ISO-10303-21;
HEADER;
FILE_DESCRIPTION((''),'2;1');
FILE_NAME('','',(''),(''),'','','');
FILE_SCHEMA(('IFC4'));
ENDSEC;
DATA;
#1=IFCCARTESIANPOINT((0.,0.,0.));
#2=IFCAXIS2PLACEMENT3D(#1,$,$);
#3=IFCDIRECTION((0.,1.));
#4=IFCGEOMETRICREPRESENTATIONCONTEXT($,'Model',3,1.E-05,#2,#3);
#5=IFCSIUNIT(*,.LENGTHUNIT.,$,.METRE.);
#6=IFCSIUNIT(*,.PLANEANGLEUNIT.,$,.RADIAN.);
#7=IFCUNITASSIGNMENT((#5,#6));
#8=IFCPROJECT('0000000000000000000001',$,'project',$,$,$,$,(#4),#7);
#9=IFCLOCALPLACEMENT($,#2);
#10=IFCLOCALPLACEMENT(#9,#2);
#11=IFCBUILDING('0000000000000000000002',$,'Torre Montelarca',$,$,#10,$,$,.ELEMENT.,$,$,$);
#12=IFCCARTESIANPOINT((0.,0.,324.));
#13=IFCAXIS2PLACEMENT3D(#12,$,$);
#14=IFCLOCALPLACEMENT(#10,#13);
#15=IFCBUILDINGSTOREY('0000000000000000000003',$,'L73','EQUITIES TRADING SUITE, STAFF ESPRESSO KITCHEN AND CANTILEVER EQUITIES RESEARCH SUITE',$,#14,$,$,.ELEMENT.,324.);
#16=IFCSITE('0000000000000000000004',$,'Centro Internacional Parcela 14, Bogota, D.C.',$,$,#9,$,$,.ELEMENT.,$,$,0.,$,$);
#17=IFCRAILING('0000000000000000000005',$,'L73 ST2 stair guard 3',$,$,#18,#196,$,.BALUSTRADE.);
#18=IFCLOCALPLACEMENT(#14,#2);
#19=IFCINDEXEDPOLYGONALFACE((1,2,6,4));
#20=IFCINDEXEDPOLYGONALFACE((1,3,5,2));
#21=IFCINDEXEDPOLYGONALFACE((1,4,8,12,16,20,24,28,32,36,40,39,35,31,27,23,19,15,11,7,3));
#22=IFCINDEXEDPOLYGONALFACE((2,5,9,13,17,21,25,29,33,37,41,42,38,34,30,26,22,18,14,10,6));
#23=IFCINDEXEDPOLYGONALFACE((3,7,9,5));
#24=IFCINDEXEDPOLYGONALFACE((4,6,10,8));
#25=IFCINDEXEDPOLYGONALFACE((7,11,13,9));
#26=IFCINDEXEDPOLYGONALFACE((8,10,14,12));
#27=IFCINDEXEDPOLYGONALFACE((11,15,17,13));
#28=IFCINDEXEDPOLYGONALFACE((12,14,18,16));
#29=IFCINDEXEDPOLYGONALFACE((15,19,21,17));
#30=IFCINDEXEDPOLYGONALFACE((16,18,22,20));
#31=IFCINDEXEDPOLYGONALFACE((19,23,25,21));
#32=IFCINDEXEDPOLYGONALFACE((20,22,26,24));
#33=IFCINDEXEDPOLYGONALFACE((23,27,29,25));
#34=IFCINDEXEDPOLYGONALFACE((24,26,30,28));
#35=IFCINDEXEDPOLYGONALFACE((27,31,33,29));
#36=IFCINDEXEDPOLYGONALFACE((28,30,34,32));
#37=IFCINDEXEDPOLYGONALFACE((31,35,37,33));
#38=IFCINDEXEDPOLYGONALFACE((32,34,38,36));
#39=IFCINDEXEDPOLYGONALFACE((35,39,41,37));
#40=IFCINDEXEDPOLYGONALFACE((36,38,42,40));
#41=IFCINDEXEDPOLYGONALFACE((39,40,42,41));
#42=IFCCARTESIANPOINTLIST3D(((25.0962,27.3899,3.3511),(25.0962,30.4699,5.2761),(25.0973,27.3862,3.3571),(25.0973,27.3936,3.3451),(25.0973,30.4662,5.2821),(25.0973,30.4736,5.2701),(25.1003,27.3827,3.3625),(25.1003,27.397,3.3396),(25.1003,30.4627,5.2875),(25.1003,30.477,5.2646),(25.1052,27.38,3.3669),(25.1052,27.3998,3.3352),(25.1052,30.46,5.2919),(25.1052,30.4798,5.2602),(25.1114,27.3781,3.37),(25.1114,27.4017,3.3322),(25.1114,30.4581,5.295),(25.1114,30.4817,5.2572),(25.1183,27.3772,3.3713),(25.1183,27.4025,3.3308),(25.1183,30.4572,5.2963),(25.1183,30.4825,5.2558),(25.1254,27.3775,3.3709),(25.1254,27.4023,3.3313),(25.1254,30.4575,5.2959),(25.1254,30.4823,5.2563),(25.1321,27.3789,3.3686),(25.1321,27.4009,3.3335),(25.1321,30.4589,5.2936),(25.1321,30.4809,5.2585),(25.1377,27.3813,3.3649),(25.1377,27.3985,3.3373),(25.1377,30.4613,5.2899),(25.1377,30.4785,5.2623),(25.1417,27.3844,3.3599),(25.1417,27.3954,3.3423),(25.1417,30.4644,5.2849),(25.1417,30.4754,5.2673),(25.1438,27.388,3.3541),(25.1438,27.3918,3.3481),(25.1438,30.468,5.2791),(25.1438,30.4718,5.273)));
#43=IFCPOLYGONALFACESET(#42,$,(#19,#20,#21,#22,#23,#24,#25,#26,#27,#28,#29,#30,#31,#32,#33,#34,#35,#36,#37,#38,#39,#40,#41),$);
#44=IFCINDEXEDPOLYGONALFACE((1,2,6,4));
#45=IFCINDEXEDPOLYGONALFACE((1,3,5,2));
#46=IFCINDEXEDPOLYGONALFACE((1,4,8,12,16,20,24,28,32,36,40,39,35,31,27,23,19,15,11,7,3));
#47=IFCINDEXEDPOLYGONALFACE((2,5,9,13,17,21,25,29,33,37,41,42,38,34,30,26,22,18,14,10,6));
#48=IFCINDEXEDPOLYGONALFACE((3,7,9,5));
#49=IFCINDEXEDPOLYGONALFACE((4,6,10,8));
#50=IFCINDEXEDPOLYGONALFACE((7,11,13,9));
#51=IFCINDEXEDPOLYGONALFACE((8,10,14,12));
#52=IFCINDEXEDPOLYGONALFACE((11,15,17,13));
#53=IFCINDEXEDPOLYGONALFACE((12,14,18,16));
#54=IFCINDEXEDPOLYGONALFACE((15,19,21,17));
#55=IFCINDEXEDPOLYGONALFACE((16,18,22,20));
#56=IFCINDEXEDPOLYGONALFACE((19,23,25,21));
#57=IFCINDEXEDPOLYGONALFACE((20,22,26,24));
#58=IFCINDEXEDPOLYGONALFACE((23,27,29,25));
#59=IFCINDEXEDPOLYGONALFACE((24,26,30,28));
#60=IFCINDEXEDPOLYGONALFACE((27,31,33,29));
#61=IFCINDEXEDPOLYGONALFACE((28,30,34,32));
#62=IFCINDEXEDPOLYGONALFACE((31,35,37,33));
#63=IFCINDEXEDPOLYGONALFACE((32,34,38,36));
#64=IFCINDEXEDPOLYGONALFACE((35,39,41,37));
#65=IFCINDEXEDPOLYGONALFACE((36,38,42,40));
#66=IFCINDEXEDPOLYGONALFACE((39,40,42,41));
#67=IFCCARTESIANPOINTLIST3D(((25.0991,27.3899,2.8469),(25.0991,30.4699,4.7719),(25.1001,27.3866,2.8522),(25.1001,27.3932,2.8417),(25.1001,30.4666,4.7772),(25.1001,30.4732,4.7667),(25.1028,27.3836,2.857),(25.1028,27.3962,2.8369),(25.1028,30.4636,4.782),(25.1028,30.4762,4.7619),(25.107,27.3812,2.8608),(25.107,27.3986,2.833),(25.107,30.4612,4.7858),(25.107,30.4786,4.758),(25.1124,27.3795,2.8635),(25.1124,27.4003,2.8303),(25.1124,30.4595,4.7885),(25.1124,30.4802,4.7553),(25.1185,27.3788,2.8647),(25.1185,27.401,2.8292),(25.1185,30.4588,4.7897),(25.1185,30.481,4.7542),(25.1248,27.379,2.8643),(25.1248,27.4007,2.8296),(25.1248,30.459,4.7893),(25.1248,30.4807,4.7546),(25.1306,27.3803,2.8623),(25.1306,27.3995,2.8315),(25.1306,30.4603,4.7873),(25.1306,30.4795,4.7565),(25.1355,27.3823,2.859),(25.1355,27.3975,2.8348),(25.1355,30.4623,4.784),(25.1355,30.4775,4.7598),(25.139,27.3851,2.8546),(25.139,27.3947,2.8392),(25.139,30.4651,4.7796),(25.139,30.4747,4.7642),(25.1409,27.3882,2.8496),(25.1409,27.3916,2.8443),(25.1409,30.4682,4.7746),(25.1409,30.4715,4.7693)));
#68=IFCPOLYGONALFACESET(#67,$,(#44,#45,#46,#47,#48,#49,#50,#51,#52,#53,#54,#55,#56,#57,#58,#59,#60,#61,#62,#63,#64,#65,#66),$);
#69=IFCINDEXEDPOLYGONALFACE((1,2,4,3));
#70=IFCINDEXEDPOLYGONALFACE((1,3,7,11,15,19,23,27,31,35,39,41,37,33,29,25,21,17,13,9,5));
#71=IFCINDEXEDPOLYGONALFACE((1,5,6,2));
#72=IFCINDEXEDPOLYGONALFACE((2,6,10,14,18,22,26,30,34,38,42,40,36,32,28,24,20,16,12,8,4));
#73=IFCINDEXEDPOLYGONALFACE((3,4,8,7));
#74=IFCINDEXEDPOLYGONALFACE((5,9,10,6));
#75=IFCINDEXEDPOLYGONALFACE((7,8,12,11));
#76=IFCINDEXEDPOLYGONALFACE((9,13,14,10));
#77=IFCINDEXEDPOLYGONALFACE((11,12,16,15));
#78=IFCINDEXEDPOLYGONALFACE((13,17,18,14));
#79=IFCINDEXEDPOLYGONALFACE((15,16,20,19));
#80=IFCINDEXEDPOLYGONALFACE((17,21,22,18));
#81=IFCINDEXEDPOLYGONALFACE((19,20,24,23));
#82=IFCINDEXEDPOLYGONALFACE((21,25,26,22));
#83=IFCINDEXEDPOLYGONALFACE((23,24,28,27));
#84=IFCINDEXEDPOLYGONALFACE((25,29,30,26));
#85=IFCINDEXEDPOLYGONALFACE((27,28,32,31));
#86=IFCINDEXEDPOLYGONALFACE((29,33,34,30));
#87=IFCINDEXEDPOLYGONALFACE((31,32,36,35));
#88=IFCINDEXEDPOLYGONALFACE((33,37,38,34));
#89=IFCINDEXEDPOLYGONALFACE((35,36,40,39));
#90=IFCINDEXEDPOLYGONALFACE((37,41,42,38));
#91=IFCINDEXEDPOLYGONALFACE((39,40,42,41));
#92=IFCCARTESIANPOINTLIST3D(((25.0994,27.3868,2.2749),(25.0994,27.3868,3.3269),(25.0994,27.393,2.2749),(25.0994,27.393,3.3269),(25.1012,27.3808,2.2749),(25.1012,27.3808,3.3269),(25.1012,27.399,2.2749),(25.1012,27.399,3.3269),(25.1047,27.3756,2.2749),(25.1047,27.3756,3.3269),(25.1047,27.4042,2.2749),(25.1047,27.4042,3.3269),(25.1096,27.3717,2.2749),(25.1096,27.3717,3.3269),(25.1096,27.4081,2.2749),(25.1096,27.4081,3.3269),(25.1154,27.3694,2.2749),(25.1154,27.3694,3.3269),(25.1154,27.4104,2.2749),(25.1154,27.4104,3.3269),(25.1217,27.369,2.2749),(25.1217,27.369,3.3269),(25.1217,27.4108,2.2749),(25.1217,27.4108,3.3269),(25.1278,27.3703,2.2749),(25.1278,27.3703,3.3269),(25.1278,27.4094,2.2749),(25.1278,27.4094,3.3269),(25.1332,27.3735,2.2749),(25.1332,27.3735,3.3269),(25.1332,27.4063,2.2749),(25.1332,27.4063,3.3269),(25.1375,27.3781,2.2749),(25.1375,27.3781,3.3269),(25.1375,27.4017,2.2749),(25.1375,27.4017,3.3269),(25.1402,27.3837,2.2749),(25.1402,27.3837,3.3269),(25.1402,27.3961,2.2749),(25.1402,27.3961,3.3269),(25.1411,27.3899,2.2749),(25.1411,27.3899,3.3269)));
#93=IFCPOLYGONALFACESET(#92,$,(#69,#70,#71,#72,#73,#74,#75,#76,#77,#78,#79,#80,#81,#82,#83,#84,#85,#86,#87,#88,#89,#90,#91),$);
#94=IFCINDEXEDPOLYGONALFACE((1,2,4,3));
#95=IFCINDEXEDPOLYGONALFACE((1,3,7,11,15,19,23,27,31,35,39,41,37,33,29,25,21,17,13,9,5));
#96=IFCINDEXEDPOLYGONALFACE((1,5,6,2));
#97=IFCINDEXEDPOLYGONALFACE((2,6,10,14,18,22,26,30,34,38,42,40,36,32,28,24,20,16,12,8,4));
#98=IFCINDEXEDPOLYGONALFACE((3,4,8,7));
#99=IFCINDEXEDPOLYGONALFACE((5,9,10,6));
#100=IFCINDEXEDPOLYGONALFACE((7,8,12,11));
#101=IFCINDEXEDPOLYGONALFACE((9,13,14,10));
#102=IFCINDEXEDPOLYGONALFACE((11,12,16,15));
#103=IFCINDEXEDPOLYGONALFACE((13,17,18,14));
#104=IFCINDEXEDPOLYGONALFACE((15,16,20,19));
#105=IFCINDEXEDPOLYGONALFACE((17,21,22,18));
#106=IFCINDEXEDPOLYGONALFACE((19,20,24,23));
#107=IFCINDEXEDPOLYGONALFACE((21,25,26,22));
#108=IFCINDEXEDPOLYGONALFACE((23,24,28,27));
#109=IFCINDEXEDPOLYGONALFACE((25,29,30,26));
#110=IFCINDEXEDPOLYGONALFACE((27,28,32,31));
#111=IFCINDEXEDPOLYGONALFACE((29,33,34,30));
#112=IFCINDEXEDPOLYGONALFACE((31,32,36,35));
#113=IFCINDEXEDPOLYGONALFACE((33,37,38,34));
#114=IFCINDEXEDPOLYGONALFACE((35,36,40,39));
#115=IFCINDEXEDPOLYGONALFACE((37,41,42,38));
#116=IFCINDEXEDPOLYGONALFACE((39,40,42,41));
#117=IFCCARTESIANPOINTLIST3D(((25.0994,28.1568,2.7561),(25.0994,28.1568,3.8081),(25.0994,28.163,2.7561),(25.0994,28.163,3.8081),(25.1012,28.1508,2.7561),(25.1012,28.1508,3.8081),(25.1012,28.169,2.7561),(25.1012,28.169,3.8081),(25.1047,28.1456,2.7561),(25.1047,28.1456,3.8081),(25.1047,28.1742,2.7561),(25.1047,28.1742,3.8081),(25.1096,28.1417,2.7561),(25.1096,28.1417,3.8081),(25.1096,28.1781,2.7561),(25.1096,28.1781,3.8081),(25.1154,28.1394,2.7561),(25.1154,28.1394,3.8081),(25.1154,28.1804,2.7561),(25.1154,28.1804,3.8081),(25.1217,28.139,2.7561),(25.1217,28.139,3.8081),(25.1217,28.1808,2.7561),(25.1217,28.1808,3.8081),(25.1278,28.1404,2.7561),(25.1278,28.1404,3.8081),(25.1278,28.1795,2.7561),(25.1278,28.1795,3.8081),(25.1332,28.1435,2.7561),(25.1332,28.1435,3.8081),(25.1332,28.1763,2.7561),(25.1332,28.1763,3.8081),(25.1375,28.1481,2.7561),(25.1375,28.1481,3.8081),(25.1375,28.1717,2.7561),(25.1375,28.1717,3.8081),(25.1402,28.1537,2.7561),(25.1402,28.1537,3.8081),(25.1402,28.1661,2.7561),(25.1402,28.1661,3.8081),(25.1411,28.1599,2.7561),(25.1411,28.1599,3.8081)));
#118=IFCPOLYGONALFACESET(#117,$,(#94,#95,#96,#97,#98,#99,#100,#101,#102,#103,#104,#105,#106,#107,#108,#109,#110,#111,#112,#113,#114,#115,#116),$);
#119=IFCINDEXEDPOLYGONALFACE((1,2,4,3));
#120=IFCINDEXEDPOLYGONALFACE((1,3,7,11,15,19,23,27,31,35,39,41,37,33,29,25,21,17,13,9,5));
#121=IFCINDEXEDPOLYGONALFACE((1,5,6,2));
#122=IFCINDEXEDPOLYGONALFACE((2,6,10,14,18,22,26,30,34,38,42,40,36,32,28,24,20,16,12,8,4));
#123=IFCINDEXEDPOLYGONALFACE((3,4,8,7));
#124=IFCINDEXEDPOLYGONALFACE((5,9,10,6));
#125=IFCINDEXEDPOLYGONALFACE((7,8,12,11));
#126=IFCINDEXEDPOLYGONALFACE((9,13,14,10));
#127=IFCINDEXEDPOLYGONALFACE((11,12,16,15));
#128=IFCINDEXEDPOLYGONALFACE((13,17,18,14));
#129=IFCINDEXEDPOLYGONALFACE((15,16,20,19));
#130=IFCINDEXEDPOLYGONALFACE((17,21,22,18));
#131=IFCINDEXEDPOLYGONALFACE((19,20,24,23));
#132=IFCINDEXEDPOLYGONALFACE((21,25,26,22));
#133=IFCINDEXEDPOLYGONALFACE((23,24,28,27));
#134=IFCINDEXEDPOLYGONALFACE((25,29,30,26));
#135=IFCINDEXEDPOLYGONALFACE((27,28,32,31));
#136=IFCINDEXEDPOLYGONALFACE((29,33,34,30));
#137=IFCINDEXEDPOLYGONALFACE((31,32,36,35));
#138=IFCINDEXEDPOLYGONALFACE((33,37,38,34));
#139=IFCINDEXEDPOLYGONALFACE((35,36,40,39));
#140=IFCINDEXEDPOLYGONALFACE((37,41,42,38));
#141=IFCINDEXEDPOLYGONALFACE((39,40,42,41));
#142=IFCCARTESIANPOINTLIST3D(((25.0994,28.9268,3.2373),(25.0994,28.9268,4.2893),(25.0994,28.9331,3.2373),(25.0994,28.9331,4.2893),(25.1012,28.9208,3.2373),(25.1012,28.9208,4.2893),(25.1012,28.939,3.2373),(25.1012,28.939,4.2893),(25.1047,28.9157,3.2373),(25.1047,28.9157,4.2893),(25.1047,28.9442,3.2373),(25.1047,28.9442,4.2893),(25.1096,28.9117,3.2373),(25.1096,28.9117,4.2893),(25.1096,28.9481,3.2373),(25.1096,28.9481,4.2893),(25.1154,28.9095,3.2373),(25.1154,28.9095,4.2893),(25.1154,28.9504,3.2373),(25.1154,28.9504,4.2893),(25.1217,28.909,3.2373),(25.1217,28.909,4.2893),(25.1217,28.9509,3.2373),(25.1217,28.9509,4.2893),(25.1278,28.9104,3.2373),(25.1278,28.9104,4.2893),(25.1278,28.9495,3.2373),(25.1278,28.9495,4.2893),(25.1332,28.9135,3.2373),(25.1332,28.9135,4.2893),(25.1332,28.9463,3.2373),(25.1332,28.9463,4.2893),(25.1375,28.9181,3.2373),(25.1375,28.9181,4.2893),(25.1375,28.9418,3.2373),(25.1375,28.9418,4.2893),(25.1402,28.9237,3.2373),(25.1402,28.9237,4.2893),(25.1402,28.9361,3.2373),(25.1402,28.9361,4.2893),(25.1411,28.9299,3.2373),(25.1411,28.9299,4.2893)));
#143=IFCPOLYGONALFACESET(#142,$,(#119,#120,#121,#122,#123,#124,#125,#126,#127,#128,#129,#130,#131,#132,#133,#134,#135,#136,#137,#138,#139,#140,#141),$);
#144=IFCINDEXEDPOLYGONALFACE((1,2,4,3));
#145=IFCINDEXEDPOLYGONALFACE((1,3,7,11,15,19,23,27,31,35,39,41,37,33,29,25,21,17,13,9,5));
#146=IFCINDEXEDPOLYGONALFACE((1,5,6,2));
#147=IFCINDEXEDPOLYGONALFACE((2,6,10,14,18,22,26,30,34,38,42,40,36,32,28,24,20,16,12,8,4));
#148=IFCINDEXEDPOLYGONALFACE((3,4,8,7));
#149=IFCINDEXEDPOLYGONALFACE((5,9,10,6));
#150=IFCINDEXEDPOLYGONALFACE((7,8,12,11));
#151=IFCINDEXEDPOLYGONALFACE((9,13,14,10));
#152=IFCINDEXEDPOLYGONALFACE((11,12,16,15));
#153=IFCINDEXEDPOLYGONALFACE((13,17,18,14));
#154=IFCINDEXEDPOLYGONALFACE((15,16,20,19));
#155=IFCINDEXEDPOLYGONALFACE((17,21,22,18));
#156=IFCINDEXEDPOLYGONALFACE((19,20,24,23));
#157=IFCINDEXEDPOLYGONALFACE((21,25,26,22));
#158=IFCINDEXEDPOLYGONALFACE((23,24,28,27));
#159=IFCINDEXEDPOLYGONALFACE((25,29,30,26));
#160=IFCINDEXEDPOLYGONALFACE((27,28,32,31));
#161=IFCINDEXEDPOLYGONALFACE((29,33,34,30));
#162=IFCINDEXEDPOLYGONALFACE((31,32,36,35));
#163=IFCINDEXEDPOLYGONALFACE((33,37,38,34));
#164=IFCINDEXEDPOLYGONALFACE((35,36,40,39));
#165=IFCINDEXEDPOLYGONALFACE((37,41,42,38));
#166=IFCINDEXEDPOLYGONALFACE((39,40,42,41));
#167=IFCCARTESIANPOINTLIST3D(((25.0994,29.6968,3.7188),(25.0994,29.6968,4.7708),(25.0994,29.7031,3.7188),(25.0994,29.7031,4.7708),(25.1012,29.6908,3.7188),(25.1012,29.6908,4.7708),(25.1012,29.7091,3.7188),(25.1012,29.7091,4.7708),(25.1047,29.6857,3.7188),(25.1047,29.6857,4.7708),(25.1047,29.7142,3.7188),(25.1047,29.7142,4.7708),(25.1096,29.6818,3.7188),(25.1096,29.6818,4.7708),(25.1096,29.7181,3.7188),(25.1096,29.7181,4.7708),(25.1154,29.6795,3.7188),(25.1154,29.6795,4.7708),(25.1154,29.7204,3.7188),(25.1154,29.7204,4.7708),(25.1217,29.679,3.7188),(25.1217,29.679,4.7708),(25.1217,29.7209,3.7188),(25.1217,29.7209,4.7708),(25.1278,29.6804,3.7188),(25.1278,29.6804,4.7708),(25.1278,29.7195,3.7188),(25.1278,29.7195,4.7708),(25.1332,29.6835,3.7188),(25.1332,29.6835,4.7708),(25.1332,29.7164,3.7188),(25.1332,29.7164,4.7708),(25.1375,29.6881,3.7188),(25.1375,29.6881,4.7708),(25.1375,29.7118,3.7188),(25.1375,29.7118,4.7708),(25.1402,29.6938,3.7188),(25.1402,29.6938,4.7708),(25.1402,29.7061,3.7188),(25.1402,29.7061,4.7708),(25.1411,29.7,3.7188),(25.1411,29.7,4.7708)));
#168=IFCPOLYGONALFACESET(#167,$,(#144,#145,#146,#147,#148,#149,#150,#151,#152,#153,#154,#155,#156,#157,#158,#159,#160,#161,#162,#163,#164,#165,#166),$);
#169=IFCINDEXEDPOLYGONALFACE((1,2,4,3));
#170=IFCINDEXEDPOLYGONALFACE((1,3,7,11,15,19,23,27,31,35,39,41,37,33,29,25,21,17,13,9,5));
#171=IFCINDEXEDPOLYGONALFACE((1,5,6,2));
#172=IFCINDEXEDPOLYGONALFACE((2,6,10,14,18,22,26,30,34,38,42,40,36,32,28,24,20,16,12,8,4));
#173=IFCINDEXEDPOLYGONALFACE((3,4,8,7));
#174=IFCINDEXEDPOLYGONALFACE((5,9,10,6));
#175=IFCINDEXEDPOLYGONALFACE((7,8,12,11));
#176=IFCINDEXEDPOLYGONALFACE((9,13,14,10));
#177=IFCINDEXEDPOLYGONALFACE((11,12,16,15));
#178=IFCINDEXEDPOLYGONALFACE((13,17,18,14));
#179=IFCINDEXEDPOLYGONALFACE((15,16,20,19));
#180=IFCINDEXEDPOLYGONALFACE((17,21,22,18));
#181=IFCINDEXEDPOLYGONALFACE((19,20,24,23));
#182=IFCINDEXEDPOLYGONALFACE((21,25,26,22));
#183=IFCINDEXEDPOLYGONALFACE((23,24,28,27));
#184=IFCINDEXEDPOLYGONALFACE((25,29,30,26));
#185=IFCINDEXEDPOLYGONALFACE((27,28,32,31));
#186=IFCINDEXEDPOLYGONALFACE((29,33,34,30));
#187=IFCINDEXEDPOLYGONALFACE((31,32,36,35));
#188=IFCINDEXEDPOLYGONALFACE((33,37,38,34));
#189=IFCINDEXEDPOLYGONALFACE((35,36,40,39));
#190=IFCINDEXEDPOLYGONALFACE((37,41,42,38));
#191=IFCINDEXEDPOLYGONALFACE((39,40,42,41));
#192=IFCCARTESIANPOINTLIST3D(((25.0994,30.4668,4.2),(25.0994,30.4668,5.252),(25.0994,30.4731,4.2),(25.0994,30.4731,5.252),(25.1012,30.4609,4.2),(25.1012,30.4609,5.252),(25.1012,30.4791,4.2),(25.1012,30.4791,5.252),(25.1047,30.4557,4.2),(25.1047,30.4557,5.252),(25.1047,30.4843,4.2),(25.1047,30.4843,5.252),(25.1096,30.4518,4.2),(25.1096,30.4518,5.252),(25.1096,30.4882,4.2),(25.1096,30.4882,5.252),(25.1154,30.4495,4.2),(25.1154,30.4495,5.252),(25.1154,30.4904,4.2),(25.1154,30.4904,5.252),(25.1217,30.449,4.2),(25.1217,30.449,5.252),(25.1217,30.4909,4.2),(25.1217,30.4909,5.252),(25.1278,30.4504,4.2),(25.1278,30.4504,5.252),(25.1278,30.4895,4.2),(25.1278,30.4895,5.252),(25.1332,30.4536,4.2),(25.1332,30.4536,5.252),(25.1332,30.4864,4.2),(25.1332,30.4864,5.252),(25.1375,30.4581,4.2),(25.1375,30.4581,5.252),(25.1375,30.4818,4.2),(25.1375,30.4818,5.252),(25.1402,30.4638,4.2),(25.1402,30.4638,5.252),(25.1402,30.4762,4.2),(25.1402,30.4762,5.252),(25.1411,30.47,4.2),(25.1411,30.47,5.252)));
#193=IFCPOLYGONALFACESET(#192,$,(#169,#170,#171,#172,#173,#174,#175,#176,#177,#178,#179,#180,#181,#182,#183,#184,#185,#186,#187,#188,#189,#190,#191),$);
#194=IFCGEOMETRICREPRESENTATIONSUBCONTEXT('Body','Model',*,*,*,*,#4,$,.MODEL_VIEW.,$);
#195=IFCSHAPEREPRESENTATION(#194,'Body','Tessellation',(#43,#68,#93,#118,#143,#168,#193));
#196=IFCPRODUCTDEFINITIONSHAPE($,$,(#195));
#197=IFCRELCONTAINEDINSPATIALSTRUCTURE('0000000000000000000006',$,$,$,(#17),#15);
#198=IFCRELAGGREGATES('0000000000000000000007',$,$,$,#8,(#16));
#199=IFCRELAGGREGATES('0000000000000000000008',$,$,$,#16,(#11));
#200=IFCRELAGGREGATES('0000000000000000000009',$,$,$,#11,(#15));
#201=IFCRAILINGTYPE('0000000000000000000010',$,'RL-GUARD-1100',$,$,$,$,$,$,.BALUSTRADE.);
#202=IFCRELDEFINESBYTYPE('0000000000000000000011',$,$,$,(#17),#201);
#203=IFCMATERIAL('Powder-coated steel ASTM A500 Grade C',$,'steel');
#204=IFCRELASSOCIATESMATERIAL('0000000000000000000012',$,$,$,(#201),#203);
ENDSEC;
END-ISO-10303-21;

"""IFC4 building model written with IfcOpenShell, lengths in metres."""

from ifc_helpers import new_model, si_unit, direction, frame, origin, origin_2d, place, context, subcontext, project, spatial, circle, extrude, material, type_object, element, save


model = new_model("IFC4")

# Units and contexts
model_context = context("Model", 3, precision=1e-05, world=origin(), true_north=direction((0.0, 1.0)))
body_context = subcontext(model_context, "Body", "Model", "MODEL_VIEW")
ifc_project = project(units=[si_unit("LENGTHUNIT", "METRE"), si_unit("PLANEANGLEUNIT", "RADIAN")], contexts=[model_context])

# Site, building, storey
site_placement = place(None, origin())
site = spatial("IfcSite", under=ifc_project, at=site_placement, Name="Centro Internacional Parcela 14, Bogota, D.C.", CompositionType="ELEMENT", RefElevation=0.0)
building_placement = place(site_placement, origin())
building = spatial("IfcBuilding", under=site, at=building_placement, Name="Torre Montelarca", CompositionType="ELEMENT")
storey_placement = place(building_placement, frame((0.0, 0.0, 324.0)))
storey = spatial("IfcBuildingStorey", under=building, at=storey_placement, Name="L73", Description="EQUITIES TRADING SUITE, STAFF ESPRESSO KITCHEN AND CANTILEVER EQUITIES RESEARCH SUITE", CompositionType="ELEMENT", Elevation=324.0)

# Railing
ifc_material_1 = material(Name="Powder-coated steel ASTM A500 Grade C", Category="steel")
railing_type_1 = type_object("IfcRailingType", Name="RL-GUARD-1100", PredefinedType="BALUSTRADE", material=ifc_material_1)
railing_1_placement = place(storey_placement, frame((25.1201, 27.3899, 2.2749)))
element("IfcRailing", 1, at=railing_1_placement, inside=storey, type_object=railing_type_1, Name="L73 ST2 stair guard 3", PredefinedType="BALUSTRADE", context=body_context, shape_type="SweptSolid", body=[
    extrude(circle(Radius=0.0239, at=origin_2d()), frame((0.0, 0.0, 1.0762), z_axis=(0.0, 0.847998, 0.529999), x_axis=(-1.0, 0.0, 0.0)), (0.0, 0.0, 1.0), 3.6321),
    extrude(circle(Radius=0.021, at=origin_2d()), frame((0.0, 0.0, 0.572), z_axis=(0.0, 0.847998, 0.529999), x_axis=(-1.0, 0.0, 0.0)), (0.0, 0.0, 1.0), 3.6321),
    extrude(circle(Radius=0.021, at=origin_2d()), origin(), (0.0, 0.0, 1.0), 1.052),
    extrude(circle(Radius=0.021, at=origin_2d()), frame((0.0, 0.77, 0.4812)), (0.0, 0.0, 1.0), 1.052),
    extrude(circle(Radius=0.021, at=origin_2d()), frame((0.0, 1.54, 0.9624)), (0.0, 0.0, 1.0), 1.052),
    extrude(circle(Radius=0.021, at=origin_2d()), frame((0.0, 2.3101, 1.4438)), (0.0, 0.0, 1.0), 1.052),
    extrude(circle(Radius=0.021, at=origin_2d()), frame((0.0, 3.0801, 1.925)), (0.0, 0.0, 1.0), 1.052),
])

save(model, "model.ifc")
